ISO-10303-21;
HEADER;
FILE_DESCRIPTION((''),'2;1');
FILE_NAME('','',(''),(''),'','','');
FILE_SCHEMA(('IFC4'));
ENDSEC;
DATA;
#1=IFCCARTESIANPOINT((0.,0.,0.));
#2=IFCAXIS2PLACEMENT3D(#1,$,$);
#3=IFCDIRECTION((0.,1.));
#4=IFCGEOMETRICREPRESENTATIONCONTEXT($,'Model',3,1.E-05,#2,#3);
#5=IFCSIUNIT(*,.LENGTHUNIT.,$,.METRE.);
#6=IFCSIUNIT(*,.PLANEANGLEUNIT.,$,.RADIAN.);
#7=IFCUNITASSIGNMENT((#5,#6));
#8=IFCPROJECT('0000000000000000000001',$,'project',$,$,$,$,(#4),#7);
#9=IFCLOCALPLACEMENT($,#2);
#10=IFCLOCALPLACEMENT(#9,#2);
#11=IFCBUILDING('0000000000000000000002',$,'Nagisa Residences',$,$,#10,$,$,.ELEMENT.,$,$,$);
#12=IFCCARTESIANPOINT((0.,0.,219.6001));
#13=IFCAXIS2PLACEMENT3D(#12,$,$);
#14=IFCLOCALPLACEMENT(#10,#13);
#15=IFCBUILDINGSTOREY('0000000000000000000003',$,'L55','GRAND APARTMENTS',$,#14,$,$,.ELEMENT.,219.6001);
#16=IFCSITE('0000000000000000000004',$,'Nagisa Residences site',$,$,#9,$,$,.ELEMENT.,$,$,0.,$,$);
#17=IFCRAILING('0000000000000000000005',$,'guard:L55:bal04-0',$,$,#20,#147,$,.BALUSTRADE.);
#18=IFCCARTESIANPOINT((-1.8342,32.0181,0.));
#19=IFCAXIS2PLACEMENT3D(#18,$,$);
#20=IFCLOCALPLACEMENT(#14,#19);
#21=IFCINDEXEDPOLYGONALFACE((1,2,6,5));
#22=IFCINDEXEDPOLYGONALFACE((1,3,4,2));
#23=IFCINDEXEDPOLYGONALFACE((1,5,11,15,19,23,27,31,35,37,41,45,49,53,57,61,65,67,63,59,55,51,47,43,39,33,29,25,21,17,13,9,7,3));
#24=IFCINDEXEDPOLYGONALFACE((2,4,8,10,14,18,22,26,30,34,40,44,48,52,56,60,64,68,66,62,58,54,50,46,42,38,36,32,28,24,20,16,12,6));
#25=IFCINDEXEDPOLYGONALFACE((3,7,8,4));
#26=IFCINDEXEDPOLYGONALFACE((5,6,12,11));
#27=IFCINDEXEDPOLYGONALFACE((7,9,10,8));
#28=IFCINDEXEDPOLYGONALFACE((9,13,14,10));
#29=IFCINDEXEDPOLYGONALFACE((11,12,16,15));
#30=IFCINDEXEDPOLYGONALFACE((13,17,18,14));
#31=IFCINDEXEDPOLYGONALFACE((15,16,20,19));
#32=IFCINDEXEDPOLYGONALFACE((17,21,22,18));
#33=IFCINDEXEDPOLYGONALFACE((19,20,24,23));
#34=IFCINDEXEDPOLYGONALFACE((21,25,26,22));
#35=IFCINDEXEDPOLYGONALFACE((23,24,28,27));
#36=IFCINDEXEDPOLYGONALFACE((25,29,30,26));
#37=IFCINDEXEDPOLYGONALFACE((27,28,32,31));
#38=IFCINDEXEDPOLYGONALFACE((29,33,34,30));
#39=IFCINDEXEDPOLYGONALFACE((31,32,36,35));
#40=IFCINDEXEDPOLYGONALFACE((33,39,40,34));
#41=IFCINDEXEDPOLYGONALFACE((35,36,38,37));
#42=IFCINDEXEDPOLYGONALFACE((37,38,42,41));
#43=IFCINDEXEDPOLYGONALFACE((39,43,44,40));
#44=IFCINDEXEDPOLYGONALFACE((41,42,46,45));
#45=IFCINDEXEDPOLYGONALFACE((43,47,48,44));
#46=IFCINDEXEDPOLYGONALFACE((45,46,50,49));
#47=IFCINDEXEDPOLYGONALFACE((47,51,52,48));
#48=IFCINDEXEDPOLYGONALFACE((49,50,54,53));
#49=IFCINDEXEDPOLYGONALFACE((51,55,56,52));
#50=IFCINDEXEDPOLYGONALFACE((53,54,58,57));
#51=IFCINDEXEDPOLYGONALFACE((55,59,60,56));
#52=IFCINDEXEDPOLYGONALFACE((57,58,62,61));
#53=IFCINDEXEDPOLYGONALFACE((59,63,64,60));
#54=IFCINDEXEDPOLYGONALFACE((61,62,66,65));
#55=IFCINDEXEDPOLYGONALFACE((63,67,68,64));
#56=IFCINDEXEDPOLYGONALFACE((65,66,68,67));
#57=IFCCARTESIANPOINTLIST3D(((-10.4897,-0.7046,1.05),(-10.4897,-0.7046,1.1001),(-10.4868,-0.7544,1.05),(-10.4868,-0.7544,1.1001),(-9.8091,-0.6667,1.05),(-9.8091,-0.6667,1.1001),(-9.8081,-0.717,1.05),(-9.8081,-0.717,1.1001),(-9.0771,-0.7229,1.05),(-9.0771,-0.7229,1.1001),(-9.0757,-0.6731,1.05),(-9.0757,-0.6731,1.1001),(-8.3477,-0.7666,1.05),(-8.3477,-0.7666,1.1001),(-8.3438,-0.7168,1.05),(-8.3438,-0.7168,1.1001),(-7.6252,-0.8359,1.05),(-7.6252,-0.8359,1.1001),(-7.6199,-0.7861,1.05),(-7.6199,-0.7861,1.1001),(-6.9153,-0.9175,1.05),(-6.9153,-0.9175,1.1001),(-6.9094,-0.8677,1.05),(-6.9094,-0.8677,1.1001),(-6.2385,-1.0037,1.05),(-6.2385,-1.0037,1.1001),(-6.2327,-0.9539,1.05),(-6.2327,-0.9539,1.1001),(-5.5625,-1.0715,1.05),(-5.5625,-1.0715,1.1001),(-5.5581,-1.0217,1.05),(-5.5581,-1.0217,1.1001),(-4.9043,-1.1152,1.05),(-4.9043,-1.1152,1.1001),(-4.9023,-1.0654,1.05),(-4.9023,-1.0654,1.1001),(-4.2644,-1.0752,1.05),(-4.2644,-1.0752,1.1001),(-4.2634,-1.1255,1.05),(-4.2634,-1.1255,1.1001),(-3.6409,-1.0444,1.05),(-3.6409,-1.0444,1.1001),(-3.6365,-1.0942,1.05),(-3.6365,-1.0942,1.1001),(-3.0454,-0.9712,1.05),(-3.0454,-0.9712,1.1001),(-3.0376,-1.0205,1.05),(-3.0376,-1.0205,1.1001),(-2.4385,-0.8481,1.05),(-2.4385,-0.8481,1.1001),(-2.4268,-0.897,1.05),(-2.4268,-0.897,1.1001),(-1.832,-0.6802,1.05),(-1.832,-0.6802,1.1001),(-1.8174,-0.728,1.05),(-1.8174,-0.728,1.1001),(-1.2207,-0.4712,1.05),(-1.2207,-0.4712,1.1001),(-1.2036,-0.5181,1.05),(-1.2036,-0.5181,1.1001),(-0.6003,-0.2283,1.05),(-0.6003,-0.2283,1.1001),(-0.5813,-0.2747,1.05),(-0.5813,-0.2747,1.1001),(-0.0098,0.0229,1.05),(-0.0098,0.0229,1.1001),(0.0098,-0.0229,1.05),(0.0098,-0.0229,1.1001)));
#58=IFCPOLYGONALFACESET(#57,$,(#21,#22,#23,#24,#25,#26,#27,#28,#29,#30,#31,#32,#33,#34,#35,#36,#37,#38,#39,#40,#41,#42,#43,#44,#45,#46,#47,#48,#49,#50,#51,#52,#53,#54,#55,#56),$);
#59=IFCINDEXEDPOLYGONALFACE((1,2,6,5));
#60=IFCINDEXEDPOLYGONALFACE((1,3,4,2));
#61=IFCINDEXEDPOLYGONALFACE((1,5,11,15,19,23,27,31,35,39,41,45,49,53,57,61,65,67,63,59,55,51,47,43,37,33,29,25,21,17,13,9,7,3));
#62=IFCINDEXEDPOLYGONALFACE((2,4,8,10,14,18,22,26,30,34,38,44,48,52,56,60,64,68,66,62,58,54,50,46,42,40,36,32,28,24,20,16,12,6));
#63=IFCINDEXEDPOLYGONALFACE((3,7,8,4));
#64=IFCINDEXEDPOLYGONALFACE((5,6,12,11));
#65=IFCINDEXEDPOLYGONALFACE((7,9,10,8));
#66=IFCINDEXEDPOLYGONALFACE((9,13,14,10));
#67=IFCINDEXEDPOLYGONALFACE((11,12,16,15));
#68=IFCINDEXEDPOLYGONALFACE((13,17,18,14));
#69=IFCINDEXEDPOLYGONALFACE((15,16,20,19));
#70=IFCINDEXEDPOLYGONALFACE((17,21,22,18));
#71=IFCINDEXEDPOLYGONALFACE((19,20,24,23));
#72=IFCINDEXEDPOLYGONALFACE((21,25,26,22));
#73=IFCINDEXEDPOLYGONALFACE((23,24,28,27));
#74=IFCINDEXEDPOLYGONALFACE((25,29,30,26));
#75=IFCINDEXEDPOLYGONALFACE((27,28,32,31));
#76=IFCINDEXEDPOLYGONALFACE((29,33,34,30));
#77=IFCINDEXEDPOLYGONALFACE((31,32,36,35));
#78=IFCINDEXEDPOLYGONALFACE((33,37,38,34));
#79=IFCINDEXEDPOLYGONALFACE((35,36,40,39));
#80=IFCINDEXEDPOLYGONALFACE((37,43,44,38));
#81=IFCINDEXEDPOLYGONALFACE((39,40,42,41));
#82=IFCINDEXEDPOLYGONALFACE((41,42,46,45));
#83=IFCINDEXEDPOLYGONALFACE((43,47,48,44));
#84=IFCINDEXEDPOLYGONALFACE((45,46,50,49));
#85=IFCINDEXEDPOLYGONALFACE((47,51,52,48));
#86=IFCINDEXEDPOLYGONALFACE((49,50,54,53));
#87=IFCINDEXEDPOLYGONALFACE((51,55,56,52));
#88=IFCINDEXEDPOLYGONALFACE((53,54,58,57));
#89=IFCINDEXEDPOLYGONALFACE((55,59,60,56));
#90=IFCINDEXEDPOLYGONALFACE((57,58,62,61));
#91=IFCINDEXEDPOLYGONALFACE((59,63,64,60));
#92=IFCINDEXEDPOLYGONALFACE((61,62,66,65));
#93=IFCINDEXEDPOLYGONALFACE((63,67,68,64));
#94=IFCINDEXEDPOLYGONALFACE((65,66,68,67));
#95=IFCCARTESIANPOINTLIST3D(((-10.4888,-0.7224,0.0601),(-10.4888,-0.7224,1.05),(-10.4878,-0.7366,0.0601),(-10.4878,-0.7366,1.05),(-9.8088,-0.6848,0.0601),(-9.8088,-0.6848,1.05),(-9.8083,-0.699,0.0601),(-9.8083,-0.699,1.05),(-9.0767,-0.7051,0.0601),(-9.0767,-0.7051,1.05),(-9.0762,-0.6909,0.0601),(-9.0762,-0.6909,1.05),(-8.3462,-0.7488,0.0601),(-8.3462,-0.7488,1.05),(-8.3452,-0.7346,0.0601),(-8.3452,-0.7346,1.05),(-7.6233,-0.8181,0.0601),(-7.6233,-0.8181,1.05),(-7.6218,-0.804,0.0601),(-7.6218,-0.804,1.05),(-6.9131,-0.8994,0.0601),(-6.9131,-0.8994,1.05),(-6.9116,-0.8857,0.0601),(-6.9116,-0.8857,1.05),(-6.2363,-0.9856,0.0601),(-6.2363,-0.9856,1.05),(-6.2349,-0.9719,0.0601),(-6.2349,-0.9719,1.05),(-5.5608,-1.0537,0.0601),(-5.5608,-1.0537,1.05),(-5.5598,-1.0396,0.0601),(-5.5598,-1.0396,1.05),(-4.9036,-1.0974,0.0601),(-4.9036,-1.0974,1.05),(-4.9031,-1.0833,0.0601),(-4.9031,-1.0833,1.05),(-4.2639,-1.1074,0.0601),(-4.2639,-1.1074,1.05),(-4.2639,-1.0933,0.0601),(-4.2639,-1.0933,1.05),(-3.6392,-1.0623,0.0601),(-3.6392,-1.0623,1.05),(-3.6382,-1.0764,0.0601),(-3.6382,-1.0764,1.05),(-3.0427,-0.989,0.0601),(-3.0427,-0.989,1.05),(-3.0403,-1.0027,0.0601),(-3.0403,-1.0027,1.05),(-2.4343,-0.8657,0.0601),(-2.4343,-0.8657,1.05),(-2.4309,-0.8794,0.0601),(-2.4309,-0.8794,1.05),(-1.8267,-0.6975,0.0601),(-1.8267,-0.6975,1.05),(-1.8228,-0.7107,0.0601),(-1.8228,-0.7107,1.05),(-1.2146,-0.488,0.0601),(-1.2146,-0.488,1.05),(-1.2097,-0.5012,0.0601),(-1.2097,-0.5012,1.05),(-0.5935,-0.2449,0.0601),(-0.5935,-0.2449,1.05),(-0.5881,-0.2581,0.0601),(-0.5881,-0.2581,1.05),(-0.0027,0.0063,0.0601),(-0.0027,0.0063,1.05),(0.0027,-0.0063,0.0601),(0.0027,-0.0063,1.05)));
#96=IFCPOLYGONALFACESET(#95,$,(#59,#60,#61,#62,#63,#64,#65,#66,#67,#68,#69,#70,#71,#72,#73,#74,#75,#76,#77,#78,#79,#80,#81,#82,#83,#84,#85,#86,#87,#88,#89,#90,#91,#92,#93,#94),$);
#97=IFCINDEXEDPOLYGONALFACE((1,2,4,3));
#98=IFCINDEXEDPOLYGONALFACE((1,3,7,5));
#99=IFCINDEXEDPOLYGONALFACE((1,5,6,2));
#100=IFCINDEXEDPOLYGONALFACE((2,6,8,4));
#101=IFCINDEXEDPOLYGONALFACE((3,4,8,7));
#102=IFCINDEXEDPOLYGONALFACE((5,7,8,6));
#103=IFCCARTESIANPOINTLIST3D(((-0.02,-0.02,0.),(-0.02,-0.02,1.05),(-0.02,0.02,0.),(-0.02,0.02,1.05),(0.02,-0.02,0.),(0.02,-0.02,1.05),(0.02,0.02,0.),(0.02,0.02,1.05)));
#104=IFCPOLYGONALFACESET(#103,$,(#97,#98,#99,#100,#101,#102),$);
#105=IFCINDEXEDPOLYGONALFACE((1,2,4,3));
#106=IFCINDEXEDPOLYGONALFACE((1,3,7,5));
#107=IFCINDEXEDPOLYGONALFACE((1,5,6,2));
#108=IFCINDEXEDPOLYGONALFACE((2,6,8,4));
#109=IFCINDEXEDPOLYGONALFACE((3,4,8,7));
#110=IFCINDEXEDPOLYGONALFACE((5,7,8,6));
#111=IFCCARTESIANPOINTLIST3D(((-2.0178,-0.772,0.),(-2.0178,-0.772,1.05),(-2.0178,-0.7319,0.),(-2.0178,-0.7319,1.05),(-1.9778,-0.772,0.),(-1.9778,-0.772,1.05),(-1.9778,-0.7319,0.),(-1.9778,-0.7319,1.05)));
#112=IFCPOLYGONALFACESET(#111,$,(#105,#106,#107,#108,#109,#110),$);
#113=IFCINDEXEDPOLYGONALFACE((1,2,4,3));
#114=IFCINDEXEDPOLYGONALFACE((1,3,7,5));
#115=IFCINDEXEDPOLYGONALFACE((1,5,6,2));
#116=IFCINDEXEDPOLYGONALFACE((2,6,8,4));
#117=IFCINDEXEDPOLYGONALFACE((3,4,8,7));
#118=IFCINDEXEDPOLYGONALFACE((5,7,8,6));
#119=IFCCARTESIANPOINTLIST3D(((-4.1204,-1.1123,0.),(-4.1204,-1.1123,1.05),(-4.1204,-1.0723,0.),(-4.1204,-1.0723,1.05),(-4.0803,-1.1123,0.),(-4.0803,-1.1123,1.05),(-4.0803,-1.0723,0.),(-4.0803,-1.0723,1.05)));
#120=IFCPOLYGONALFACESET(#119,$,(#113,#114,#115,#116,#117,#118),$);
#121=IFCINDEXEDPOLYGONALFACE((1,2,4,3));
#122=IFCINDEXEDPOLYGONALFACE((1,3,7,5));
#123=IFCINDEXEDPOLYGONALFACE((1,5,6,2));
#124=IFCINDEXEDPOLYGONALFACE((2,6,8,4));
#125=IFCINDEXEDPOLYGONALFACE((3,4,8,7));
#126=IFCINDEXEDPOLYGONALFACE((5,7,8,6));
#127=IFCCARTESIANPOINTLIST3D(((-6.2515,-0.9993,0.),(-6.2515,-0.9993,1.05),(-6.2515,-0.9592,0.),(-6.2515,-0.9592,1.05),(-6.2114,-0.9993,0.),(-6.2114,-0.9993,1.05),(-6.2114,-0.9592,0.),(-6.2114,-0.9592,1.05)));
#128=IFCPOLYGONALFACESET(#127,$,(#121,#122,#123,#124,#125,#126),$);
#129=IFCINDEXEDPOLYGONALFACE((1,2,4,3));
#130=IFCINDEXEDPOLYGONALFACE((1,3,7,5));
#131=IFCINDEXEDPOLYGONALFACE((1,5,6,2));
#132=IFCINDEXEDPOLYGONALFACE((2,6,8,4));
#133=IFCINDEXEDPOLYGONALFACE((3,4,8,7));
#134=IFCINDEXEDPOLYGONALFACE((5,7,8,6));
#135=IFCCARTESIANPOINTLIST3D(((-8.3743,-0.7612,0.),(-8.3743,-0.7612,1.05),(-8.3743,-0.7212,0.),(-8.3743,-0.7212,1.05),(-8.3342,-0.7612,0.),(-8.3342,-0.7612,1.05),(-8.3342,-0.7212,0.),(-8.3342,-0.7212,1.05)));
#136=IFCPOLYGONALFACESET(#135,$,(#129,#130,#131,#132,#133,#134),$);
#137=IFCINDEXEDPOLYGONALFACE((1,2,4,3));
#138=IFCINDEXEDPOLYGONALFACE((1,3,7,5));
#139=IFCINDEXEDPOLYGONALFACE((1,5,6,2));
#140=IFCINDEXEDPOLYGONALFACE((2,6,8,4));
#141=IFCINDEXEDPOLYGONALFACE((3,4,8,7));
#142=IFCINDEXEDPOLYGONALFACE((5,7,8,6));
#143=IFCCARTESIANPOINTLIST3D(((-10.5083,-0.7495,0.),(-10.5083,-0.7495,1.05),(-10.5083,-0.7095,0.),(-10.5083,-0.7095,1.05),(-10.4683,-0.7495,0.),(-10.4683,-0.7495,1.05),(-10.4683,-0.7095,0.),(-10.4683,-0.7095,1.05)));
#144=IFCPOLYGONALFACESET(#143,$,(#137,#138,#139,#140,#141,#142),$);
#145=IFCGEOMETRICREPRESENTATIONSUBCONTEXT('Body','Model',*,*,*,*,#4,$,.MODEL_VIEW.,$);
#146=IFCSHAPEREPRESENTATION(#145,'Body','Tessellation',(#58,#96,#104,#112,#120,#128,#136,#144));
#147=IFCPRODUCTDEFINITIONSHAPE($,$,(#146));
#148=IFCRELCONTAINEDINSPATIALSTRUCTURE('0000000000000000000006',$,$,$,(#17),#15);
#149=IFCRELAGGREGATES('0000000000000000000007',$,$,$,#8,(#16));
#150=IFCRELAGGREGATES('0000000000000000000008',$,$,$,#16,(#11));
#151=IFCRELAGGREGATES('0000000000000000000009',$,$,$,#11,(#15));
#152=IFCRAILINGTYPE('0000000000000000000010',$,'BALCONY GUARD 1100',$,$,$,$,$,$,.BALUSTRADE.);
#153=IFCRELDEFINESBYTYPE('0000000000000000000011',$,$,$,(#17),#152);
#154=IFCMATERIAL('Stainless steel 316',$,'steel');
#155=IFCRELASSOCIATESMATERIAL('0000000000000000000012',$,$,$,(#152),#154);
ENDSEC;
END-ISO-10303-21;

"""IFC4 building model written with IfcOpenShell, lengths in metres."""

from ifc_helpers import new_model, si_unit, direction, frame, origin, origin_2d, place, context, subcontext, project, spatial, polyline, rectangle, outline, extrude, material, type_object, element, save


model = new_model("IFC4")

# Units and contexts
model_context = context("Model", 3, precision=1e-05, world=origin(), true_north=direction((0.0, 1.0)))
body_context = subcontext(model_context, "Body", "Model", "MODEL_VIEW")
ifc_project = project(units=[si_unit("LENGTHUNIT", "METRE"), si_unit("PLANEANGLEUNIT", "RADIAN")], contexts=[model_context])

# Site, building, storey
site_placement = place(None, origin())
site = spatial("IfcSite", under=ifc_project, at=site_placement, Name="Nagisa Residences site", CompositionType="ELEMENT", RefElevation=0.0)
building_placement = place(site_placement, origin())
building = spatial("IfcBuilding", under=site, at=building_placement, Name="Nagisa Residences", CompositionType="ELEMENT")
storey_placement = place(building_placement, frame((0.0, 0.0, 219.6001)))
storey = spatial("IfcBuildingStorey", under=building, at=storey_placement, Name="L55", Description="GRAND APARTMENTS", CompositionType="ELEMENT", Elevation=219.6001)

# Railing
ifc_material_1 = material(Name="Stainless steel 316", Category="steel")
railing_type = type_object("IfcRailingType", Name="BALCONY GUARD 1100", PredefinedType="BALUSTRADE", material=ifc_material_1)
railing_placement = place(storey_placement, frame((-1.8342, 32.0181, 0.0)))
element("IfcRailing", 1, at=railing_placement, inside=storey, type_object=railing_type, Name="guard:L55:bal04-0", PredefinedType="BALUSTRADE", context=body_context, shape_type="SweptSolid", body=[
    extrude(outline(polyline([(-0.5813, -0.2747), (0.0098, -0.0229), (-0.0098, 0.0229), (-0.6003, -0.2283), (-1.2207, -0.4712), (-1.832, -0.6802), (-2.4385, -0.8481), (-3.0454, -0.9712), (-3.6409, -1.0444), (-4.2644, -1.0752), (-4.9023, -1.0654), (-5.5581, -1.0217), (-6.2327, -0.9539), (-6.9094, -0.8677), (-7.6199, -0.7861), (-8.3438, -0.7168), (-9.0757, -0.6731), (-9.8091, -0.6667), (-10.4897, -0.7046), (-10.4868, -0.7544), (-9.8081, -0.717), (-9.0771, -0.7229), (-8.3477, -0.7666), (-7.6252, -0.8359), (-6.9153, -0.9175), (-6.2385, -1.0037), (-5.5625, -1.0715), (-4.9043, -1.1152), (-4.2634, -1.1255), (-3.6365, -1.0942), (-3.0376, -1.0205), (-2.4268, -0.897), (-1.8174, -0.728), (-1.2036, -0.5181), (-0.5813, -0.2747)])), frame((0.0, 0.0, 1.05)), (0.0, 0.0, 1.0), 0.05),
    extrude(outline(polyline([(-0.5881, -0.2581), (0.0027, -0.0063), (-0.0027, 0.0063), (-0.5935, -0.2449), (-1.2146, -0.488), (-1.8267, -0.6975), (-2.4343, -0.8657), (-3.0427, -0.989), (-3.6392, -1.0623), (-4.2639, -1.0933), (-4.9031, -1.0833), (-5.5598, -1.0396), (-6.2349, -0.9719), (-6.9116, -0.8857), (-7.6218, -0.804), (-8.3452, -0.7346), (-9.0762, -0.6909), (-9.8088, -0.6848), (-10.4888, -0.7224), (-10.4878, -0.7366), (-9.8083, -0.699), (-9.0767, -0.7051), (-8.3462, -0.7488), (-7.6233, -0.8181), (-6.9131, -0.8994), (-6.2363, -0.9856), (-5.5608, -1.0537), (-4.9036, -1.0974), (-4.2639, -1.1074), (-3.6382, -1.0764), (-3.0403, -1.0027), (-2.4309, -0.8794), (-1.8228, -0.7107), (-1.2097, -0.5012), (-0.5881, -0.2581)])), frame((0.0, 0.0, 0.0601)), (0.0, 0.0, 1.0), 0.99),
    extrude(rectangle(XDim=0.04, YDim=0.04, at=origin_2d()), origin(), (0.0, 0.0, 1.0), 1.05),
    extrude(rectangle(XDim=0.04, YDim=0.04, at=origin_2d()), frame((-1.9978, -0.752, 0.0)), (0.0, 0.0, 1.0), 1.05),
    extrude(rectangle(XDim=0.04, YDim=0.04, at=origin_2d()), frame((-4.1003, -1.0923, 0.0)), (0.0, 0.0, 1.0), 1.05),
    extrude(rectangle(XDim=0.04, YDim=0.04, at=origin_2d()), frame((-6.2314, -0.9792, 0.0)), (0.0, 0.0, 1.0), 1.05),
    extrude(rectangle(XDim=0.04, YDim=0.04, at=origin_2d()), frame((-8.3542, -0.7412, 0.0)), (0.0, 0.0, 1.0), 1.05),
    extrude(rectangle(XDim=0.04, YDim=0.04, at=origin_2d()), frame((-10.4883, -0.7295, 0.0)), (0.0, 0.0, 1.0), 1.05),
])

save(model, "model.ifc")
